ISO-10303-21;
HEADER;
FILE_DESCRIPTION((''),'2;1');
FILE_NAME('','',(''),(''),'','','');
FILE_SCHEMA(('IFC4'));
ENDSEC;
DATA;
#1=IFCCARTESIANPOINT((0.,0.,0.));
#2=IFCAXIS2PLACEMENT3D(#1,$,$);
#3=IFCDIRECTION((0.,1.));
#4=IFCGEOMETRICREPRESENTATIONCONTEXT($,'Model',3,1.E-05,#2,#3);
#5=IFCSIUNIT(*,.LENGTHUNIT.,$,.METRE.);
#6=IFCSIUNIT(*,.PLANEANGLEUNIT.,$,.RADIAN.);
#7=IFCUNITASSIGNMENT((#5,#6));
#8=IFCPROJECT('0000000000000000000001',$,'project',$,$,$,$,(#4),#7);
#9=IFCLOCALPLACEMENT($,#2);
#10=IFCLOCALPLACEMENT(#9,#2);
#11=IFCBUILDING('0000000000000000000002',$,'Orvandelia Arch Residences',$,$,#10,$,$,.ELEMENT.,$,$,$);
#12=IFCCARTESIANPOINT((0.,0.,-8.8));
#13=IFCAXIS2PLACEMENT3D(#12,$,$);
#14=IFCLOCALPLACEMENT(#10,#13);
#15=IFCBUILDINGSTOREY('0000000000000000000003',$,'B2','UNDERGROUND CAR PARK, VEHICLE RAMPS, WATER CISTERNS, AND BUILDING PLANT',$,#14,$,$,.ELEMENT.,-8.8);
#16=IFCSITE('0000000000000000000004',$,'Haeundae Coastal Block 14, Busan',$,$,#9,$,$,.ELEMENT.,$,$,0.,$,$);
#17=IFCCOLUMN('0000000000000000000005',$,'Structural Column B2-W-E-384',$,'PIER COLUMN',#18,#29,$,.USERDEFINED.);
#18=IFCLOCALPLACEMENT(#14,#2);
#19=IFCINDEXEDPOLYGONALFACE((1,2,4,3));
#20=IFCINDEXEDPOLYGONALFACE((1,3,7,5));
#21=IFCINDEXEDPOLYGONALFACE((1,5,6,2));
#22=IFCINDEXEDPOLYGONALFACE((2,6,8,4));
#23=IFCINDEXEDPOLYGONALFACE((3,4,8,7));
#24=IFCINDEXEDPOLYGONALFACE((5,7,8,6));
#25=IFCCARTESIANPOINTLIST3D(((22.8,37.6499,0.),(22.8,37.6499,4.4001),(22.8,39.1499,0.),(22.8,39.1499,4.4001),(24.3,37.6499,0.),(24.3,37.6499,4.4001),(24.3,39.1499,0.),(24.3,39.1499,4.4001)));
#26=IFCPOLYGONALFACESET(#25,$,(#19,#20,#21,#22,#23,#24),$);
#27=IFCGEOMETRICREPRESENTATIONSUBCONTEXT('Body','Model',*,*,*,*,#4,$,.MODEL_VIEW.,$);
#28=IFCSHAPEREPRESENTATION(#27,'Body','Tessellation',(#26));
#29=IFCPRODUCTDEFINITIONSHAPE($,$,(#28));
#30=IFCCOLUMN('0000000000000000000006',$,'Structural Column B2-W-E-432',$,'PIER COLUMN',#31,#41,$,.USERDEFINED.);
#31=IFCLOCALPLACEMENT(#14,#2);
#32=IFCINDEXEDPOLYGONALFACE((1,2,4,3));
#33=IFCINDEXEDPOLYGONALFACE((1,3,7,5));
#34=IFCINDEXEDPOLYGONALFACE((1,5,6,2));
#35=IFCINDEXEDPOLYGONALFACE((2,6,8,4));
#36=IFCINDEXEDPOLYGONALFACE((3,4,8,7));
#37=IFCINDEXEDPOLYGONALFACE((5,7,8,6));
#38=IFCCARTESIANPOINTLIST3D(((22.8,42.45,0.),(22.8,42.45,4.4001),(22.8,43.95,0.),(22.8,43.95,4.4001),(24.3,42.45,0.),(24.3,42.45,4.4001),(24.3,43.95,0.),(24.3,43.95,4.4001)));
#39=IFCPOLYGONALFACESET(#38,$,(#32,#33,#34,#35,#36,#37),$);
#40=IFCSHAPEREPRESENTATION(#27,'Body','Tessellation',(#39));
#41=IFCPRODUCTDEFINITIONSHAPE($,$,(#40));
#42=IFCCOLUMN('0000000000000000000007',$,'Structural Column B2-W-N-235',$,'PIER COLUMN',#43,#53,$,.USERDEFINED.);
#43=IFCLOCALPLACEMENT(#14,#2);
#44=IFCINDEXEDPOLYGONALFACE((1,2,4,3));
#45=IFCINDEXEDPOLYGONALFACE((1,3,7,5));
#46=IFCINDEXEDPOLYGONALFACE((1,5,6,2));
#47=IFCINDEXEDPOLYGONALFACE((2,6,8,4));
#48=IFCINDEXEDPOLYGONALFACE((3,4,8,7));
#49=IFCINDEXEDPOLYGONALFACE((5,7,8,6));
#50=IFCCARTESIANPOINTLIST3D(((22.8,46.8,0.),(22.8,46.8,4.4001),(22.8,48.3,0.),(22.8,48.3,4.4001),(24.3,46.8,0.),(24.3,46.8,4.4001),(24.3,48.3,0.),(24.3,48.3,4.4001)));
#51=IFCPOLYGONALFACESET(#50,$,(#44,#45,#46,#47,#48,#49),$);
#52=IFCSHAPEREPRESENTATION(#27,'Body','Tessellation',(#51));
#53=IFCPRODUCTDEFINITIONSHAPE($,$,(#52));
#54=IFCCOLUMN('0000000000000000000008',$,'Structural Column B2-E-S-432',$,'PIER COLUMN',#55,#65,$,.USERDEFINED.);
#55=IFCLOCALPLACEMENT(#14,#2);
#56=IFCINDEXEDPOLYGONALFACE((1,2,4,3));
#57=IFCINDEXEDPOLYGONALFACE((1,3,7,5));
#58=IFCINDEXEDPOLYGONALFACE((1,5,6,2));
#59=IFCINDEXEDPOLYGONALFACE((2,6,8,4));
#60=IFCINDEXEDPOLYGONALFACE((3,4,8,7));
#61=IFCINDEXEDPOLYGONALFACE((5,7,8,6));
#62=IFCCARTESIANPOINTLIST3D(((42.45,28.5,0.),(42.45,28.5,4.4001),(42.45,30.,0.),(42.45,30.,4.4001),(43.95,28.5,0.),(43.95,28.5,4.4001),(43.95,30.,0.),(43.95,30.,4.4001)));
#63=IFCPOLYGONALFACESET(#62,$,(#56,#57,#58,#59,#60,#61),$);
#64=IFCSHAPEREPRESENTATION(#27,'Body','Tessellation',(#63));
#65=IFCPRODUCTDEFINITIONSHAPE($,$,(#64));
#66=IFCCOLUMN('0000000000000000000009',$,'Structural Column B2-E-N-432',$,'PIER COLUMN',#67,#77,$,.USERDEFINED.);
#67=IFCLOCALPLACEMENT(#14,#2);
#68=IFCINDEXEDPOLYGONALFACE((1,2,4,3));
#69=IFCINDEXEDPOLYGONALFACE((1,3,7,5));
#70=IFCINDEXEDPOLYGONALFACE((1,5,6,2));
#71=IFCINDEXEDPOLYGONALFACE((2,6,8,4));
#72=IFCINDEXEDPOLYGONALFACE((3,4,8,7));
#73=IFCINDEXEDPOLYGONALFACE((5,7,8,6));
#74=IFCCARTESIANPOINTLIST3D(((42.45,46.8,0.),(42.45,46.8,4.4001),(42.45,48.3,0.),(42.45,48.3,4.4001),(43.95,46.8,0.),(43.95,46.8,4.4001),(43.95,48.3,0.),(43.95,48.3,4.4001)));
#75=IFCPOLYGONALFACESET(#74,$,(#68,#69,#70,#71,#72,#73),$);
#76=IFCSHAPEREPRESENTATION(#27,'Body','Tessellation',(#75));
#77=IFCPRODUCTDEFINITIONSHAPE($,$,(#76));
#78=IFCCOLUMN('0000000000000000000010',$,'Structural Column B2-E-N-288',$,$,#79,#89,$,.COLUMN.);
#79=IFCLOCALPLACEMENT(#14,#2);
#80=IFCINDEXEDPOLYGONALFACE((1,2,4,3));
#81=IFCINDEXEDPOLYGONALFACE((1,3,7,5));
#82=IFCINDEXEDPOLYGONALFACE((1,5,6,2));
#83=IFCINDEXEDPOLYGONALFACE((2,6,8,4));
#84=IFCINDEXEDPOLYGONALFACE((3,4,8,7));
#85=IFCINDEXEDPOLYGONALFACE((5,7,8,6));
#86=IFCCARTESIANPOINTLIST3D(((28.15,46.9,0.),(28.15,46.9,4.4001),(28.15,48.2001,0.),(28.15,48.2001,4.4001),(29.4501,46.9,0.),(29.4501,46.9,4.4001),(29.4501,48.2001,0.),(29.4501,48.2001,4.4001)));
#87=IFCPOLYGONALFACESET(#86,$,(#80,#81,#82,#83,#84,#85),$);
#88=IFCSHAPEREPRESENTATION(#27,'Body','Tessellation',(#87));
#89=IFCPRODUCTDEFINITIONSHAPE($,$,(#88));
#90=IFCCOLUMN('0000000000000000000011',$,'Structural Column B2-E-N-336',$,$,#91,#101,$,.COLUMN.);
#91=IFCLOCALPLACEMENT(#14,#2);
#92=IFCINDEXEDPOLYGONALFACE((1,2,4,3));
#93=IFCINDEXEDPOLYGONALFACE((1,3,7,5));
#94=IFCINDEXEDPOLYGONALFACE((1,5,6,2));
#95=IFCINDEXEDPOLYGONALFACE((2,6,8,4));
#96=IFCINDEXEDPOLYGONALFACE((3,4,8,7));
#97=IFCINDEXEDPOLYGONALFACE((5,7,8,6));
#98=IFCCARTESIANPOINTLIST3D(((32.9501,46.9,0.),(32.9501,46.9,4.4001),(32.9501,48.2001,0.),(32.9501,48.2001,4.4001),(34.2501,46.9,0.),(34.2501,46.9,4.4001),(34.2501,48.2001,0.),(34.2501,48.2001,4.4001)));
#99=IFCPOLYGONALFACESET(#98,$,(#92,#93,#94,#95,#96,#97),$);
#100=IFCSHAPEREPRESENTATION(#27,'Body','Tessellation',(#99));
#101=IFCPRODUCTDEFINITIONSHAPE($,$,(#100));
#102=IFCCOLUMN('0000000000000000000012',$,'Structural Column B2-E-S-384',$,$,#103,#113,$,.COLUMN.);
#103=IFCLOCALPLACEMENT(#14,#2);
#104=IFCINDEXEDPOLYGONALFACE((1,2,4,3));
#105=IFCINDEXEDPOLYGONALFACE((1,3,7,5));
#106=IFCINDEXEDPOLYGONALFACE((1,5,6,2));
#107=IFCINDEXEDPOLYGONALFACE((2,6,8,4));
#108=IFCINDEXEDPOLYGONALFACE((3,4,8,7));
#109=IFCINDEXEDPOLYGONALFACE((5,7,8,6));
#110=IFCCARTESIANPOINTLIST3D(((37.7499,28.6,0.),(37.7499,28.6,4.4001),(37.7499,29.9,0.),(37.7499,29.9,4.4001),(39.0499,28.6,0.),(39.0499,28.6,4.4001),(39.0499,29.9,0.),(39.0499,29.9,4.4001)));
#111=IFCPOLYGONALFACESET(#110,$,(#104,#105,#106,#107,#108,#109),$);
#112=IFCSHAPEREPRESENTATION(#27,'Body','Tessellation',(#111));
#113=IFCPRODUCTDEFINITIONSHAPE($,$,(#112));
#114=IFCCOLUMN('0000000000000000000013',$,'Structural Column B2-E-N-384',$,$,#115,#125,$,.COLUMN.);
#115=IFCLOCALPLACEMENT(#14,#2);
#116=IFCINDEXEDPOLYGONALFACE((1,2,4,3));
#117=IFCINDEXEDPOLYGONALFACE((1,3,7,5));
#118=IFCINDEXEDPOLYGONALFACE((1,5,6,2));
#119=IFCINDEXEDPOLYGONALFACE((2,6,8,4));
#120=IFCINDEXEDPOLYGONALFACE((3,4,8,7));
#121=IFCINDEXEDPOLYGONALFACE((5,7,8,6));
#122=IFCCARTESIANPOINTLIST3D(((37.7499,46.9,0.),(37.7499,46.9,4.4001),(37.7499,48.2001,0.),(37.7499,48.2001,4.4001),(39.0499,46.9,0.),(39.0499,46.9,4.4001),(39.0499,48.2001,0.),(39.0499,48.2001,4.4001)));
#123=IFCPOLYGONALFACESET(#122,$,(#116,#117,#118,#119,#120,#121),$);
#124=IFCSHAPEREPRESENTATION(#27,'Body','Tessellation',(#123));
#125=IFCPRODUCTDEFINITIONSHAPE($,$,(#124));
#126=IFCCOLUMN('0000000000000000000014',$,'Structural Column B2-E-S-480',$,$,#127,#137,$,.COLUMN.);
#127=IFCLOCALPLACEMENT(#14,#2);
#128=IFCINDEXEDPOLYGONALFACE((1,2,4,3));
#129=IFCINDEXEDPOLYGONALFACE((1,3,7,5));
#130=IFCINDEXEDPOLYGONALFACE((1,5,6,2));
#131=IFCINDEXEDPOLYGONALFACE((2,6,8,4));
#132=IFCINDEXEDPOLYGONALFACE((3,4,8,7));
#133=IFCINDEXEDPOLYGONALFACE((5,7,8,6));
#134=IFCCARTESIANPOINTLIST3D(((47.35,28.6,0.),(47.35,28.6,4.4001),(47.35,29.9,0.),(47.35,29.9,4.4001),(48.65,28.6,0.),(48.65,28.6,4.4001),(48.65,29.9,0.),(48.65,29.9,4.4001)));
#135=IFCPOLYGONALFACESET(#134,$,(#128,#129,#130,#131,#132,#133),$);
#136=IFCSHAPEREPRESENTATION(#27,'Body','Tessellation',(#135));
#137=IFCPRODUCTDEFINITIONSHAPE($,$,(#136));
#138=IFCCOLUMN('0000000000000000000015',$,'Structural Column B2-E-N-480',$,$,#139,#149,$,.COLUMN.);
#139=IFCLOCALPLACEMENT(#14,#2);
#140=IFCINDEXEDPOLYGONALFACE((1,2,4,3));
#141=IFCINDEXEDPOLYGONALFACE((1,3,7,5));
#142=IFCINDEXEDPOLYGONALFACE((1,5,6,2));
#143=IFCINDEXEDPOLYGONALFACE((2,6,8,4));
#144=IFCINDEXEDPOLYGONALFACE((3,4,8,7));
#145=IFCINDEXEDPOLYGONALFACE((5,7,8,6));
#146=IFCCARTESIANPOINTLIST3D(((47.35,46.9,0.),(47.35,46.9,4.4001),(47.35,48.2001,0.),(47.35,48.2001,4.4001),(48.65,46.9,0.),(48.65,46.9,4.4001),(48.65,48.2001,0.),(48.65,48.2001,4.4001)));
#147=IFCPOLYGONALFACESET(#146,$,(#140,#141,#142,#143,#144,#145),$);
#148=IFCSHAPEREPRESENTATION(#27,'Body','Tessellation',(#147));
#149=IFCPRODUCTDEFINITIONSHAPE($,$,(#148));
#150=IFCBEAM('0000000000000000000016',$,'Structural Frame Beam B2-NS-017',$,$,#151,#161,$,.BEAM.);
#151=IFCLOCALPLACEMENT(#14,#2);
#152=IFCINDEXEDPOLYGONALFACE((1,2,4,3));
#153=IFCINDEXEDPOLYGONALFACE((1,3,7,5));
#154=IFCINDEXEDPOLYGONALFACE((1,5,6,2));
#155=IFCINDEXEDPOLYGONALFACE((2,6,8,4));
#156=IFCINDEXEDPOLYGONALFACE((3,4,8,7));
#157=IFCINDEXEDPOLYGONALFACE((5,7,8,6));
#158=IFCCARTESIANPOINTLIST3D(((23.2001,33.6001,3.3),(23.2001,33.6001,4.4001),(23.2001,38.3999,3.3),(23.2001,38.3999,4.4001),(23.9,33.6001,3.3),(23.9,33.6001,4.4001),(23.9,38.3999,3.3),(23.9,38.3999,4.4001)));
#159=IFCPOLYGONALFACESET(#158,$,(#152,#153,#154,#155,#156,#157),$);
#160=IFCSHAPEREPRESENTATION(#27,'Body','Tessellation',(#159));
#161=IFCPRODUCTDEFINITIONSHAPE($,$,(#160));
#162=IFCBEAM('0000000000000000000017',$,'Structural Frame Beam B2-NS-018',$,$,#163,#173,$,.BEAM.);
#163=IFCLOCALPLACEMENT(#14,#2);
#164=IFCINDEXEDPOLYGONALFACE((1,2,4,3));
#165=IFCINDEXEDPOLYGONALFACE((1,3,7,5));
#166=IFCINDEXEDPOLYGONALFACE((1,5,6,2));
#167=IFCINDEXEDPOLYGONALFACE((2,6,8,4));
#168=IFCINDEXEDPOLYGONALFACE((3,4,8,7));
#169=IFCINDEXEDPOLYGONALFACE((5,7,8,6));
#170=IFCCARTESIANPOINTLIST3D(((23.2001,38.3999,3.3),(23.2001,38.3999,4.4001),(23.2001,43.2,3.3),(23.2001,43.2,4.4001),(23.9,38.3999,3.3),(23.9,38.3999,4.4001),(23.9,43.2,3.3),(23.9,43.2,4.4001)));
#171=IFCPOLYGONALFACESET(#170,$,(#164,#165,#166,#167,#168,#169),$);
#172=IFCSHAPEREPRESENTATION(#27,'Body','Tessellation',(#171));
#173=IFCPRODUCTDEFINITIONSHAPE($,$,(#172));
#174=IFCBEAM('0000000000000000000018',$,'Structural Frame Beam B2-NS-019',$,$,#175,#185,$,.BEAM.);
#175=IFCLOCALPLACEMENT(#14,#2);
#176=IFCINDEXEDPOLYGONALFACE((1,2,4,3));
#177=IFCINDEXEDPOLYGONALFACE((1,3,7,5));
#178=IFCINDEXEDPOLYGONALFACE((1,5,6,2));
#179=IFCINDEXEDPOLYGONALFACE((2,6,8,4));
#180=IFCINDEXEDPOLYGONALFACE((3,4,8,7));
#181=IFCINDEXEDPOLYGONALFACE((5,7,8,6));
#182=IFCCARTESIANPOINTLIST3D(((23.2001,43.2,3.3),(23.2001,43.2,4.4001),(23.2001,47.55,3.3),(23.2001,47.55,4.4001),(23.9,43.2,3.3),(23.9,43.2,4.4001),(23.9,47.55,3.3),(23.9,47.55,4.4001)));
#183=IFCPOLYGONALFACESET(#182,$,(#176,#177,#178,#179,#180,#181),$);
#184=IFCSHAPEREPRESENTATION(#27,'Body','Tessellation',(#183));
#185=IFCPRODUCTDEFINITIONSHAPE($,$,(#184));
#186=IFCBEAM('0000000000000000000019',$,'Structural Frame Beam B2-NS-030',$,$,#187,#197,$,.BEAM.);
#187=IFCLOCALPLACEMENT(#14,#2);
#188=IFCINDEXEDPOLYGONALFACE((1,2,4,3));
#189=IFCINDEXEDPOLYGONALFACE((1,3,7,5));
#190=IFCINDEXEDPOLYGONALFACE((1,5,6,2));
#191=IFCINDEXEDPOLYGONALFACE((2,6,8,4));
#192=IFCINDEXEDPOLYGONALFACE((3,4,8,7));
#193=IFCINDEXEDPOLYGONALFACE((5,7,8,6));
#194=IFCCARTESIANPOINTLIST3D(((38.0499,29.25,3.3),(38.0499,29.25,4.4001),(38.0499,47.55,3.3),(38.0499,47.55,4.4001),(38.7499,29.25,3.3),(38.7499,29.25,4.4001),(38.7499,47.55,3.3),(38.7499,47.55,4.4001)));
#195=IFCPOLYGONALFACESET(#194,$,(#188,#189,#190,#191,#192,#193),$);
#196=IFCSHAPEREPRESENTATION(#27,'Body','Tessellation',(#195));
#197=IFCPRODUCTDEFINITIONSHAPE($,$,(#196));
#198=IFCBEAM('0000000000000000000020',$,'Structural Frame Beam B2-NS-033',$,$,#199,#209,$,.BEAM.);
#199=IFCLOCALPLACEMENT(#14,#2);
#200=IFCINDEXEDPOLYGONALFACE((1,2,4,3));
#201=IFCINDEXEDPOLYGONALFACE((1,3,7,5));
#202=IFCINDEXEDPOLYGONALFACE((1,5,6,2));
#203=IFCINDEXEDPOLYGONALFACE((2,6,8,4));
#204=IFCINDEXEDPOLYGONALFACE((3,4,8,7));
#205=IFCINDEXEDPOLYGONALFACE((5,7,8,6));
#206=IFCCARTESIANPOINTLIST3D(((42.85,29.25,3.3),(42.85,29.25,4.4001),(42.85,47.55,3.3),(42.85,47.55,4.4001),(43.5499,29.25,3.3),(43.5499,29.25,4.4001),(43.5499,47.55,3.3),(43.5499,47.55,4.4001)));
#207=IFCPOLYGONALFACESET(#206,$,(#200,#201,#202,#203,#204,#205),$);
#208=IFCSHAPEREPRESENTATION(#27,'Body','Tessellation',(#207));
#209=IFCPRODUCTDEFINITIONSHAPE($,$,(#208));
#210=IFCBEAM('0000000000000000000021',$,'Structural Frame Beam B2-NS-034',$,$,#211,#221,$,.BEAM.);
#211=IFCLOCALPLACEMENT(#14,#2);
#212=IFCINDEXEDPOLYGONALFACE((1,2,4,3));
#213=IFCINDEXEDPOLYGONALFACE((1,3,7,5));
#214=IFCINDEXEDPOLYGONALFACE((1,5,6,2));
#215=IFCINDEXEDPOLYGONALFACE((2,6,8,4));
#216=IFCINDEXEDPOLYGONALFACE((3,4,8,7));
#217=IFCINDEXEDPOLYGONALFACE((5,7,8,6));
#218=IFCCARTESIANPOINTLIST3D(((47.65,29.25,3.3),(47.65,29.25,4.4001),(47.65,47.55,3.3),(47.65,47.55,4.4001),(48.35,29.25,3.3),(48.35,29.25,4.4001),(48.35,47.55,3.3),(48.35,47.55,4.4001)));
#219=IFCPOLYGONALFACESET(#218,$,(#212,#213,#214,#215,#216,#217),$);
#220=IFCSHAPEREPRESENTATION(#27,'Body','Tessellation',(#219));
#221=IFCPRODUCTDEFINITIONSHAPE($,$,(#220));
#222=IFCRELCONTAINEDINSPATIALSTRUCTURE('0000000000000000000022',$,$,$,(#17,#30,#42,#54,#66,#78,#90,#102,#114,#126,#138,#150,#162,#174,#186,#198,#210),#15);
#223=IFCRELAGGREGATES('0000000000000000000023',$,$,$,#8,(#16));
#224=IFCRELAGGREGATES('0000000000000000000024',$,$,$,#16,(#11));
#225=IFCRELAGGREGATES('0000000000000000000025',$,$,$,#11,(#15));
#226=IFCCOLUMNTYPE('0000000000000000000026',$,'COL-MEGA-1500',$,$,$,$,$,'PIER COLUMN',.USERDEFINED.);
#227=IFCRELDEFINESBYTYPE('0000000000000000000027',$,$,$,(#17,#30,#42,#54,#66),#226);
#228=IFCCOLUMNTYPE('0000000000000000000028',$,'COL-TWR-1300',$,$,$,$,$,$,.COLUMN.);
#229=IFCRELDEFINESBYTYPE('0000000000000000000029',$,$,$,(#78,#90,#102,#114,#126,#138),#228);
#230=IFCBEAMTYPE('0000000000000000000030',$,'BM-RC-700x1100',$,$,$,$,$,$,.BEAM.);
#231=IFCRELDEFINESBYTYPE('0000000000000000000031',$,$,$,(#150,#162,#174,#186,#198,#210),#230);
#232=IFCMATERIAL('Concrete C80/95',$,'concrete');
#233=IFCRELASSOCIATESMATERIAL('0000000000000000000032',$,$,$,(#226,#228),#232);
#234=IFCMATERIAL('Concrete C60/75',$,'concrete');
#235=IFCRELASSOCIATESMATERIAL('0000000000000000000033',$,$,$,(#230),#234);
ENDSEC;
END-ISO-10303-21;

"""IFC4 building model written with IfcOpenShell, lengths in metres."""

from ifc_helpers import new_model, si_unit, direction, frame, origin, origin_2d, place, context, subcontext, project, spatial, rectangle, extrude, material, material_profile, profile_set, type_object, element, save


model = new_model("IFC4")

# Units and contexts
model_context = context("Model", 3, precision=1e-05, world=origin(), true_north=direction((0.0, 1.0)))
body_context = subcontext(model_context, "Body", "Model", "MODEL_VIEW")
ifc_project = project(units=[si_unit("LENGTHUNIT", "METRE"), si_unit("PLANEANGLEUNIT", "RADIAN")], contexts=[model_context])

# Site, building, storey
site_placement = place(None, origin())
site = spatial("IfcSite", under=ifc_project, at=site_placement, Name="Haeundae Coastal Block 14, Busan", CompositionType="ELEMENT", RefElevation=0.0)
building_placement = place(site_placement, origin())
building = spatial("IfcBuilding", under=site, at=building_placement, Name="Orvandelia Arch Residences", CompositionType="ELEMENT")
storey_placement = place(building_placement, frame((0.0, 0.0, -8.8)))
storey = spatial("IfcBuildingStorey", under=building, at=storey_placement, Name="B2", Description="UNDERGROUND CAR PARK, VEHICLE RAMPS, WATER CISTERNS, AND BUILDING PLANT", CompositionType="ELEMENT", Elevation=-8.8)

# Columns
ifc_material_1 = material(Name="Concrete C80/95", Category="concrete")
ifc_material_profile_1 = material_profile(ifc_material_1, rectangle(XDim=1.5, YDim=1.5, at=origin_2d()), Name="Concrete C80/95", Category="concrete")
ifc_profile_set_1 = profile_set([ifc_material_profile_1], Name="Concrete C80/95")
column_type_1 = type_object("IfcColumnType", Name="COL-MEGA-1500", ElementType="PIER COLUMN", PredefinedType="USERDEFINED", material=ifc_profile_set_1)
for number, where, z_axis, x_axis, name in (
    (1, (23.55, 38.3999, 0.0), (0.0, 0.0, 1.0), (1.0, 0.0, 0.0), "Structural Column B2-W-E-384"),
    (2, (23.55, 43.2, 0.0), (0.0, 0.0, 1.0), (1.0, 0.0, 0.0), "Structural Column B2-W-E-432"),
    (3, (23.55, 47.55, 0.0), (0.0, 0.0, 1.0), (1.0, 0.0, 0.0), "Structural Column B2-W-N-235"),
    (4, (43.2, 29.25, 0.0), (0.0, 0.0, 1.0), (1.0, 0.0, 0.0), "Structural Column B2-E-S-432"),
    (5, (43.2, 47.55, 0.0), (0.0, 0.0, 1.0), (1.0, 0.0, 0.0), "Structural Column B2-E-N-432"),
):
    element("IfcColumn", number, at=place(storey_placement, frame(where, z_axis=z_axis, x_axis=x_axis)), inside=storey, type_object=column_type_1, Name=name, ObjectType="PIER COLUMN", PredefinedType="USERDEFINED", context=body_context, shape_type="SweptSolid", body=[
        extrude(rectangle(XDim=1.5, YDim=1.5, at=origin_2d()), origin(), (0.0, 0.0, 1.0), 4.4001),
    ])
ifc_material_profile_2 = material_profile(ifc_material_1, rectangle(XDim=1.3, YDim=1.3, at=origin_2d()), Name="Concrete C80/95", Category="concrete")
ifc_profile_set_2 = profile_set([ifc_material_profile_2], Name="Concrete C80/95")
column_type_2 = type_object("IfcColumnType", Name="COL-TWR-1300", PredefinedType="COLUMN", material=ifc_profile_set_2)
for number, where, z_axis, x_axis, name in (
    (6, (28.8, 47.55, 0.0), (0.0, 0.0, 1.0), (1.0, 0.0, 0.0), "Structural Column B2-E-N-288"),
    (7, (33.6001, 47.55, 0.0), (0.0, 0.0, 1.0), (1.0, 0.0, 0.0), "Structural Column B2-E-N-336"),
    (8, (38.3999, 29.25, 0.0), (0.0, 0.0, 1.0), (1.0, 0.0, 0.0), "Structural Column B2-E-S-384"),
    (9, (38.3999, 47.55, 0.0), (0.0, 0.0, 1.0), (1.0, 0.0, 0.0), "Structural Column B2-E-N-384"),
    (10, (48.0, 29.25, 0.0), (0.0, 0.0, 1.0), (1.0, 0.0, 0.0), "Structural Column B2-E-S-480"),
    (11, (48.0, 47.55, 0.0), (0.0, 0.0, 1.0), (1.0, 0.0, 0.0), "Structural Column B2-E-N-480"),
):
    element("IfcColumn", number, at=place(storey_placement, frame(where, z_axis=z_axis, x_axis=x_axis)), inside=storey, type_object=column_type_2, Name=name, PredefinedType="COLUMN", context=body_context, shape_type="SweptSolid", body=[
        extrude(rectangle(XDim=1.3, YDim=1.3, at=origin_2d()), origin(), (0.0, 0.0, 1.0), 4.4001),
    ])

# Beams
ifc_material_2 = material(Name="Concrete C60/75", Category="concrete")
ifc_material_profile_3 = material_profile(ifc_material_2, rectangle(XDim=0.7, YDim=1.1001, at=origin_2d()), Name="Concrete C60/75", Category="concrete")
ifc_profile_set_3 = profile_set([ifc_material_profile_3], Name="Concrete C60/75")
beam_type = type_object("IfcBeamType", Name="BM-RC-700x1100", PredefinedType="BEAM", material=ifc_profile_set_3)
beam_1_placement = place(storey_placement, frame((23.55, 33.6001, 3.8501), z_axis=(0.0, 1.0, 0.0), x_axis=(-1.0, 0.0, 0.0)))
element("IfcBeam", 12, at=beam_1_placement, inside=storey, type_object=beam_type, Name="Structural Frame Beam B2-NS-017", PredefinedType="BEAM", context=body_context, shape_type="SweptSolid", body=[
    extrude(rectangle(XDim=0.7, YDim=1.1001, at=origin_2d()), origin(), (0.0, 0.0, 1.0), 4.7998),
])
beam_2_placement = place(storey_placement, frame((23.55, 38.3999, 3.8501), z_axis=(0.0, 1.0, 0.0), x_axis=(-1.0, 0.0, 0.0)))
element("IfcBeam", 13, at=beam_2_placement, inside=storey, type_object=beam_type, Name="Structural Frame Beam B2-NS-018", PredefinedType="BEAM", context=body_context, shape_type="SweptSolid", body=[
    extrude(rectangle(XDim=0.7, YDim=1.1001, at=origin_2d()), origin(), (0.0, 0.0, 1.0), 4.8),
])
beam_3_placement = place(storey_placement, frame((23.55, 43.2, 3.8501), z_axis=(0.0, 1.0, 0.0), x_axis=(-1.0, 0.0, 0.0)))
element("IfcBeam", 14, at=beam_3_placement, inside=storey, type_object=beam_type, Name="Structural Frame Beam B2-NS-019", PredefinedType="BEAM", context=body_context, shape_type="SweptSolid", body=[
    extrude(rectangle(XDim=0.7, YDim=1.1001, at=origin_2d()), origin(), (0.0, 0.0, 1.0), 4.3501),
])
for number, where, z_axis, x_axis, name in (
    (15, (38.3999, 29.25, 3.8501), (0.0, 1.0, 0.0), (-1.0, 0.0, 0.0), "Structural Frame Beam B2-NS-030"),
    (16, (43.2, 29.25, 3.8501), (0.0, 1.0, 0.0), (-1.0, 0.0, 0.0), "Structural Frame Beam B2-NS-033"),
    (17, (48.0, 29.25, 3.8501), (0.0, 1.0, 0.0), (-1.0, 0.0, 0.0), "Structural Frame Beam B2-NS-034"),
):
    element("IfcBeam", number, at=place(storey_placement, frame(where, z_axis=z_axis, x_axis=x_axis)), inside=storey, type_object=beam_type, Name=name, PredefinedType="BEAM", context=body_context, shape_type="SweptSolid", body=[
        extrude(rectangle(XDim=0.7, YDim=1.1001, at=origin_2d()), origin(), (0.0, 0.0, 1.0), 18.3),
    ])

save(model, "model.ifc")
